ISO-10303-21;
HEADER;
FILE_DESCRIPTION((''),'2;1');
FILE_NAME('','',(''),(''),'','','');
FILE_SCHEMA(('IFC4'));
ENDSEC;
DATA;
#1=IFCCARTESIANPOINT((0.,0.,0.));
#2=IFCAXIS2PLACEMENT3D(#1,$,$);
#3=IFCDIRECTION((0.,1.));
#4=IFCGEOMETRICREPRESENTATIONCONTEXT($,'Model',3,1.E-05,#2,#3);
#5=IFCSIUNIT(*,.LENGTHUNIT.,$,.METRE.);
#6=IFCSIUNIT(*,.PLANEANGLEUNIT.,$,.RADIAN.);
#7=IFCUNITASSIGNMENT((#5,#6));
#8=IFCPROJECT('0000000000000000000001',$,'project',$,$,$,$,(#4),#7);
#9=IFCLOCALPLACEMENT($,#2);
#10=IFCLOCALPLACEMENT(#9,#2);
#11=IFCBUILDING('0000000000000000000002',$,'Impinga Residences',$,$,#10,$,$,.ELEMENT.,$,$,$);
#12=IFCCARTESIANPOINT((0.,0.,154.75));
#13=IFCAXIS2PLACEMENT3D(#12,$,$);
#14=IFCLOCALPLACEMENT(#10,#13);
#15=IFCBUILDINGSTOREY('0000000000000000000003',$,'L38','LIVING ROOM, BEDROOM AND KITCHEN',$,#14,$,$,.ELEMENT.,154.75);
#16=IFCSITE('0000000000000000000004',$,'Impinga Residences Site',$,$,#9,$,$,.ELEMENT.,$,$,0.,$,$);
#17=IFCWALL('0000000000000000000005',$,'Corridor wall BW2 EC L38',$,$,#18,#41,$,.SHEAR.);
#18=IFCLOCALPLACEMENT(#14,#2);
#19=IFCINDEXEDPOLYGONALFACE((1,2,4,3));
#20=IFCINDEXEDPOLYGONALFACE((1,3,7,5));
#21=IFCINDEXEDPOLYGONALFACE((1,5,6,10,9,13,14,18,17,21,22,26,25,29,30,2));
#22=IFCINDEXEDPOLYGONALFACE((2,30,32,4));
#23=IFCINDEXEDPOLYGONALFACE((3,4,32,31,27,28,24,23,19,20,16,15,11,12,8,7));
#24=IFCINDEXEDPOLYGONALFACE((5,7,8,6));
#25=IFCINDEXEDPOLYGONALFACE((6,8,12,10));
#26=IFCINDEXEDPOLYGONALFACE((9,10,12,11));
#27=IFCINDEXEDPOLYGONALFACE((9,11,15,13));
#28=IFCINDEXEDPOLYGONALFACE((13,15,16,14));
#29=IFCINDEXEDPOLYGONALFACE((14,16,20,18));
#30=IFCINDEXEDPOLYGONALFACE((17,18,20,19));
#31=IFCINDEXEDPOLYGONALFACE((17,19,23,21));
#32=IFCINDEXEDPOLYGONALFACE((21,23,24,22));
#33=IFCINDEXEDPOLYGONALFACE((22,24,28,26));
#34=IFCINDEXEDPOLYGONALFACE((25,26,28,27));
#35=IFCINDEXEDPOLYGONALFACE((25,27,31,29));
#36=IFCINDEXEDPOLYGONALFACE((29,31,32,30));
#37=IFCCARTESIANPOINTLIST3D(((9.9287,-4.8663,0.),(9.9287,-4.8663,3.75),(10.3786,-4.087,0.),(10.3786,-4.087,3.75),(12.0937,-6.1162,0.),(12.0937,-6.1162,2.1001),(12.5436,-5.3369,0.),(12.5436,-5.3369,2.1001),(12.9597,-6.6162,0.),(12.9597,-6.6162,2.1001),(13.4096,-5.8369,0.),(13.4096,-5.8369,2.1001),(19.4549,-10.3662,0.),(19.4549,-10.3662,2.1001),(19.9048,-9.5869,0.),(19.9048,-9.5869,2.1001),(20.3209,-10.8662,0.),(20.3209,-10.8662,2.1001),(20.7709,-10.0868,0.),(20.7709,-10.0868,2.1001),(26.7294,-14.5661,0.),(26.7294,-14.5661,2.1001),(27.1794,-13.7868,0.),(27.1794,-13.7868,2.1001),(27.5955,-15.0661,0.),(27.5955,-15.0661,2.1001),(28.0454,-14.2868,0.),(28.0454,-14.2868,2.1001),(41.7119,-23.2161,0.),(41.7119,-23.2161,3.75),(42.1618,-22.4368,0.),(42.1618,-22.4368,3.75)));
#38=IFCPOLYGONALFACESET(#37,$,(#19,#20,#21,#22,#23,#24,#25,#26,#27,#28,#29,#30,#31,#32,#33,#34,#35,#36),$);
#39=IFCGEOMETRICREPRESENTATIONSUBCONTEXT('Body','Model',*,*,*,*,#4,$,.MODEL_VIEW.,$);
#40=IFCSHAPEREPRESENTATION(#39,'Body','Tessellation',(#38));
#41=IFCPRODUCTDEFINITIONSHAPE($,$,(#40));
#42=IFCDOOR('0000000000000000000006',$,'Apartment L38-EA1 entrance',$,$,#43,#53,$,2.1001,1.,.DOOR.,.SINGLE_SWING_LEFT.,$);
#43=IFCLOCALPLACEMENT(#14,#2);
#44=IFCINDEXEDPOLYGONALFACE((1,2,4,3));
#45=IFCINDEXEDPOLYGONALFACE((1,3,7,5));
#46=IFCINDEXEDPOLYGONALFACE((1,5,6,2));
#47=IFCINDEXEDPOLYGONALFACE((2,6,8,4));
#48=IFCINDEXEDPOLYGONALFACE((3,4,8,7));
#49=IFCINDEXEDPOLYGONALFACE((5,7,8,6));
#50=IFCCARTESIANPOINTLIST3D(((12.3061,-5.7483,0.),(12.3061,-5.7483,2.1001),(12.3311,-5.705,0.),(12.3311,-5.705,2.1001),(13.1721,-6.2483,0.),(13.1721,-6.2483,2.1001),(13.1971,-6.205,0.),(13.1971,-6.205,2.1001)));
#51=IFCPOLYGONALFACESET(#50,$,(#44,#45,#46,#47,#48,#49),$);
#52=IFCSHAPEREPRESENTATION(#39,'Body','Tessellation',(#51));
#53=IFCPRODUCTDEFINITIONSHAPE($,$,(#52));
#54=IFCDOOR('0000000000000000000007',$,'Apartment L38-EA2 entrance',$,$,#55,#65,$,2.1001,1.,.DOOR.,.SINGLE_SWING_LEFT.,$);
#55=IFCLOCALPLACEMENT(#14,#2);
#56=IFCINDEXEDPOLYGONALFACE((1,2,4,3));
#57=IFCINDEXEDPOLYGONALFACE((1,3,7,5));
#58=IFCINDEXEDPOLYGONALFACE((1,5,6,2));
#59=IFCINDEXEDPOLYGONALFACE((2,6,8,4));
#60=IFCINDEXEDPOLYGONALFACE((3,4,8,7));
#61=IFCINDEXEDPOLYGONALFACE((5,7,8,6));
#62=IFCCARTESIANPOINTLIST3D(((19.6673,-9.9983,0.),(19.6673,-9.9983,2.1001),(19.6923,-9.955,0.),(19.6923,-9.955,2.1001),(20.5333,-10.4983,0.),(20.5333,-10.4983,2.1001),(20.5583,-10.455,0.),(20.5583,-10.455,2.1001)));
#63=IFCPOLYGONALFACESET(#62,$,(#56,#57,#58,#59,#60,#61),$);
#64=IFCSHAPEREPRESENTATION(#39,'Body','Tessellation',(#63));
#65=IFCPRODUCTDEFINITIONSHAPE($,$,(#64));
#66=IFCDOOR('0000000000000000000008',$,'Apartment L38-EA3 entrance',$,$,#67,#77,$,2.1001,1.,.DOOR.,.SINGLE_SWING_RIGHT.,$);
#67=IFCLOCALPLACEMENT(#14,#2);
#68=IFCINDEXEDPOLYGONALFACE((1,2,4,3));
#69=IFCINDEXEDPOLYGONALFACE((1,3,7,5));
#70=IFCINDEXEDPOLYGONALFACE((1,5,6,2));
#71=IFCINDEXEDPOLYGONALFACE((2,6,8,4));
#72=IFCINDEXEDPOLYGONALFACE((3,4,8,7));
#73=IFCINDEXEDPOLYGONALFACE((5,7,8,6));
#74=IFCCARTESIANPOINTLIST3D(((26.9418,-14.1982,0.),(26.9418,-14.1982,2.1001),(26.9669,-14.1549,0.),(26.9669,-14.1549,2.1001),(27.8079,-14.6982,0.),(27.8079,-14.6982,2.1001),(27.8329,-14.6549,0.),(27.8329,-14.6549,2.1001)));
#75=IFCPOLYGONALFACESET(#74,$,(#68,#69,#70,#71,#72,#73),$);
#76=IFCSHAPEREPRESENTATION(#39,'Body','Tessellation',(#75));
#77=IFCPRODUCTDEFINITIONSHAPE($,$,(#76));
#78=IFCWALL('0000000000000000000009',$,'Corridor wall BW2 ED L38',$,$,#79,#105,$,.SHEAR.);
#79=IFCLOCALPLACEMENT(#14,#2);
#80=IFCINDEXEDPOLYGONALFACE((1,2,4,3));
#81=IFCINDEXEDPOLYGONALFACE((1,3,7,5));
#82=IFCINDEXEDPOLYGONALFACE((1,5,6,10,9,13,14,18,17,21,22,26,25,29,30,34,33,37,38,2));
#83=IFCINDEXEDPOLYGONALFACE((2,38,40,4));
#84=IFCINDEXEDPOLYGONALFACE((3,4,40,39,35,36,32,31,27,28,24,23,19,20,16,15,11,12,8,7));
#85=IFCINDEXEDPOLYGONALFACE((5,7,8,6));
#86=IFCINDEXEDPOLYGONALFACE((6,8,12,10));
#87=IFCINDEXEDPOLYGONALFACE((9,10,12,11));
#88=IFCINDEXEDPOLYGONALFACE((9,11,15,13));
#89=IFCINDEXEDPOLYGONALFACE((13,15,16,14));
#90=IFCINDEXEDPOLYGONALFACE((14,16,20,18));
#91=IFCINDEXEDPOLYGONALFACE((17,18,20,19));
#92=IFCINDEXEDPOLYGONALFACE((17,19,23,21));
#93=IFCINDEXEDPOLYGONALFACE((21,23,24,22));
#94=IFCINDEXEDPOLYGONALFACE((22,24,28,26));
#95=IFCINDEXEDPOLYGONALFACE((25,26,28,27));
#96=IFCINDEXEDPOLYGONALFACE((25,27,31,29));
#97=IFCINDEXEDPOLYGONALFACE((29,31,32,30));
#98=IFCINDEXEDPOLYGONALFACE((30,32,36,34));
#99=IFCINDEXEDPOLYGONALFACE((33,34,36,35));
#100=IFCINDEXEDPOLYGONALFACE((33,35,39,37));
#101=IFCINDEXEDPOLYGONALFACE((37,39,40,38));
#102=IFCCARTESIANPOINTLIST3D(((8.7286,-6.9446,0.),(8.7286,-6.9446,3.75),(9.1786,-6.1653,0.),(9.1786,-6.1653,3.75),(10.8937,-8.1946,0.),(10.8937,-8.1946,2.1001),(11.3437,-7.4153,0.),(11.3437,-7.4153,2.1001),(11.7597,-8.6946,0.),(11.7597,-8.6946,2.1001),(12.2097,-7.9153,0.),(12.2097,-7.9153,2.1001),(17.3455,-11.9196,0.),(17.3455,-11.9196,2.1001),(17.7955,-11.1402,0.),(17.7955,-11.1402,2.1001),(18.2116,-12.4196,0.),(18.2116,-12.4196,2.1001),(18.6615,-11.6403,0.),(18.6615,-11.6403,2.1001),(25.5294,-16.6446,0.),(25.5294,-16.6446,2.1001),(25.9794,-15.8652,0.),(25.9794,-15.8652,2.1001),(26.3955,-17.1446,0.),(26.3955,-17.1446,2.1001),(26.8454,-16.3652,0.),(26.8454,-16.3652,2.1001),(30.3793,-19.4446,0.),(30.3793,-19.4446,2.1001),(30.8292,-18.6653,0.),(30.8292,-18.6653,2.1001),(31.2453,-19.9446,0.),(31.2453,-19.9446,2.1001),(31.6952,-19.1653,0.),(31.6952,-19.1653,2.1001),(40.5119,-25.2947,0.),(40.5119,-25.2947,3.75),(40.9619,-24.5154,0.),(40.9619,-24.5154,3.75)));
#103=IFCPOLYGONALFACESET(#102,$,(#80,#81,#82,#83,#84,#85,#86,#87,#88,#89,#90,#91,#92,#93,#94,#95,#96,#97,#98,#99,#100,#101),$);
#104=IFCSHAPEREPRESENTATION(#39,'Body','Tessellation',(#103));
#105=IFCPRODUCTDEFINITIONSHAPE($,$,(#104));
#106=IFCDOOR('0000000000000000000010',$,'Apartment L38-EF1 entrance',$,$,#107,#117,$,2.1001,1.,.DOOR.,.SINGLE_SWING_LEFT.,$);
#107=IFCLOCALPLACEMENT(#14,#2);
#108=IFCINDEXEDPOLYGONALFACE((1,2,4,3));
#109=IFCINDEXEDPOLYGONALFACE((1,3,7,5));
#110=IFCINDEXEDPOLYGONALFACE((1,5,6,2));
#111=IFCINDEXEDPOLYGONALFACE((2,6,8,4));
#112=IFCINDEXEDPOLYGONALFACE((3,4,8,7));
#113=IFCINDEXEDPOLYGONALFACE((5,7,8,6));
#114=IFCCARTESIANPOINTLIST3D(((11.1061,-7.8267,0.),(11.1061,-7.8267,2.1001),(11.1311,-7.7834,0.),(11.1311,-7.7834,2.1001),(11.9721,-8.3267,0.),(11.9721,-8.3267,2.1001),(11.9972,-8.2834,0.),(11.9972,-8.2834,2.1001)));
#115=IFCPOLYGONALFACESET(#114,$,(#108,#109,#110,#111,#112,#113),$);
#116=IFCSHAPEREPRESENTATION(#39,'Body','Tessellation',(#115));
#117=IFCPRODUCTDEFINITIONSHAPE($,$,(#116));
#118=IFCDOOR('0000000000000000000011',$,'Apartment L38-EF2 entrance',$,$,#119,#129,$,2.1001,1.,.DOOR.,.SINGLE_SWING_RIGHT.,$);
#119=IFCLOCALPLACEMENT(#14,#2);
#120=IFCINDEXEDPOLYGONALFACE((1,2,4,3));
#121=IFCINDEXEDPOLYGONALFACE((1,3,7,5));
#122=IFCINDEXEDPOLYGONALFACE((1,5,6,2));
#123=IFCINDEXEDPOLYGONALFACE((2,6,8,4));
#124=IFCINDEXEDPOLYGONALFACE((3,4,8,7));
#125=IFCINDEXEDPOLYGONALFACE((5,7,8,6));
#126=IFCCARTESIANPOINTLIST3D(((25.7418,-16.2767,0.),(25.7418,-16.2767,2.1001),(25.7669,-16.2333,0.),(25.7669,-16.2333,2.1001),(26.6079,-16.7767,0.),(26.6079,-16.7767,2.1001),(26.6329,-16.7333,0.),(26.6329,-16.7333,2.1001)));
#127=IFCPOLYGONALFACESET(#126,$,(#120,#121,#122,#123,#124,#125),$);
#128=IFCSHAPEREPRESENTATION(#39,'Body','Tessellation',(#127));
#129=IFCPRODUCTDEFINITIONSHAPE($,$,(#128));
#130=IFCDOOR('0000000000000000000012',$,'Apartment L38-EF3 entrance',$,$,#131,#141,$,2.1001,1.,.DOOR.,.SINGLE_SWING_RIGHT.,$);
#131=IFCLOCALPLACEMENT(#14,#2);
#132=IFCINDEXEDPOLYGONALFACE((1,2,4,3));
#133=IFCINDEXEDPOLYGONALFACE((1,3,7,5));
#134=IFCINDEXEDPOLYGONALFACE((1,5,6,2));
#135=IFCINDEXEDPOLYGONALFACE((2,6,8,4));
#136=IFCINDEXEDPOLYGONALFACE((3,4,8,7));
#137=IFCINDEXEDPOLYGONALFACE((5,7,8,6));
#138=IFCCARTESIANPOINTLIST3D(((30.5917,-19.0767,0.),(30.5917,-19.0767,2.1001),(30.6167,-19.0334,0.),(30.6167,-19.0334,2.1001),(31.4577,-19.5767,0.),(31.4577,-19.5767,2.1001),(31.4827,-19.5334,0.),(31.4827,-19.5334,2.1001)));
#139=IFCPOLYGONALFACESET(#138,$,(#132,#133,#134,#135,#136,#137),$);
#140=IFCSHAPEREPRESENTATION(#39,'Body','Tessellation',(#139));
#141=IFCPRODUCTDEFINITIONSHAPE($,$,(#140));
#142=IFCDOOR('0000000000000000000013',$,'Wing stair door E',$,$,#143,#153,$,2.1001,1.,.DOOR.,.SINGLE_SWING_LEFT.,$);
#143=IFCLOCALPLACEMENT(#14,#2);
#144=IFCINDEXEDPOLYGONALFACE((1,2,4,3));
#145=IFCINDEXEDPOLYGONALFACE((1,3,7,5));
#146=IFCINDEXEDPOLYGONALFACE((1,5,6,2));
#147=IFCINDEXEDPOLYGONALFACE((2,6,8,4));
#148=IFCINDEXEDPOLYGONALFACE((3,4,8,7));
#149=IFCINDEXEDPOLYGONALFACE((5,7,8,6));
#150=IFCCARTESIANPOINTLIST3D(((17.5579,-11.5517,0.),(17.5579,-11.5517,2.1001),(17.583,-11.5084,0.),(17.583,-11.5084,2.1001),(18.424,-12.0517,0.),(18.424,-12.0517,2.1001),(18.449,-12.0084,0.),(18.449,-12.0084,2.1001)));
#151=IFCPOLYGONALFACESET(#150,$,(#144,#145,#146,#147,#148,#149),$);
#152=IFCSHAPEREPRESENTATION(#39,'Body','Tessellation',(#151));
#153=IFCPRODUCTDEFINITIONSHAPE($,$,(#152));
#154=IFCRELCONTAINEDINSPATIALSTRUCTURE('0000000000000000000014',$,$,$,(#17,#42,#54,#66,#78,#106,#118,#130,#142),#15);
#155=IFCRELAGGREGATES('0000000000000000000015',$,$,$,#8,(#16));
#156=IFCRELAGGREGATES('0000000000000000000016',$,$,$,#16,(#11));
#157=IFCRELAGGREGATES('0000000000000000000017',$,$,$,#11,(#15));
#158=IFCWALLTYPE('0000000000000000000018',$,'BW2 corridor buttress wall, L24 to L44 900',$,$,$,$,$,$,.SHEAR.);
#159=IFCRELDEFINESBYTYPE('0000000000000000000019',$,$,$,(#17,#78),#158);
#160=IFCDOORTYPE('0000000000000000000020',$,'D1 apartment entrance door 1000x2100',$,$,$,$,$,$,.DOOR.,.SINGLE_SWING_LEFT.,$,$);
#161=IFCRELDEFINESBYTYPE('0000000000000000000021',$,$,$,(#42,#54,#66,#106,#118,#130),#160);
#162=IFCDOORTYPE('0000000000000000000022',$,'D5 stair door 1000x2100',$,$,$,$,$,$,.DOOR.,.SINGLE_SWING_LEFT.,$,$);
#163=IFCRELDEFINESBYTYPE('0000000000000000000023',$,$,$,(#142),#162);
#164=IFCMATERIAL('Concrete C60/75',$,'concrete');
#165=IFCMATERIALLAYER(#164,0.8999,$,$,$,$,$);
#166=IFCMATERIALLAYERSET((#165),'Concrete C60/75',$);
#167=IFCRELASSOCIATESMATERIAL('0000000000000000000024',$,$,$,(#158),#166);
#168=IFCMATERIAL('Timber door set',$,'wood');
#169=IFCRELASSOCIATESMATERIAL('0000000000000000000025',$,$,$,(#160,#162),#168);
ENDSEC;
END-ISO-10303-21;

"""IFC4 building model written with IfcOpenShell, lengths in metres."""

from ifc_helpers import new_model, si_unit, direction, frame, frame_2d, origin, place, context, subcontext, project, spatial, rectangle, extrude, material, layer, layer_set, type_object, element, fill, save


model = new_model("IFC4")

# Units and contexts
model_context = context("Model", 3, precision=1e-05, world=origin(), true_north=direction((0.0, 1.0)))
body_context = subcontext(model_context, "Body", "Model", "MODEL_VIEW")
ifc_project = project(units=[si_unit("LENGTHUNIT", "METRE"), si_unit("PLANEANGLEUNIT", "RADIAN")], contexts=[model_context])

# Site, building, storey
site_placement = place(None, origin())
site = spatial("IfcSite", under=ifc_project, at=site_placement, Name="Impinga Residences Site", CompositionType="ELEMENT", RefElevation=0.0)
building_placement = place(site_placement, origin())
building = spatial("IfcBuilding", under=site, at=building_placement, Name="Impinga Residences", CompositionType="ELEMENT")
storey_placement = place(building_placement, frame((0.0, 0.0, 154.75)))
storey = spatial("IfcBuildingStorey", under=building, at=storey_placement, Name="L38", Description="LIVING ROOM, BEDROOM AND KITCHEN", CompositionType="ELEMENT", Elevation=154.75)

# Walls, openings, doors
ifc_material_1 = material(Name="Concrete C60/75", Category="concrete")
ifc_layer_1 = layer(ifc_material_1, 0.8999)
ifc_layer_set_1 = layer_set([ifc_layer_1], Name="Concrete C60/75")
wall_type_1 = type_object("IfcWallType", Name="BW2 corridor buttress wall, L24 to L44 900", PredefinedType="SHEAR", material=ifc_layer_set_1)
wall_1_placement = place(storey_placement, frame((10.1536, -4.4766, 0.0), z_axis=(0.0, 0.0, 1.0), x_axis=(0.866028, -0.499996, 0.0)))
wall_1 = element("IfcWall", 1, at=wall_1_placement, inside=storey, type_object=wall_type_1, Name="Corridor wall BW2 EC L38", PredefinedType="SHEAR", context=body_context, shape_type="SweptSolid", body=[
    extrude(rectangle(XDim=36.7, YDim=0.8999, at=frame_2d((18.3501, 0.0))), origin(), (0.0, 0.0, 1.0), 3.75),
])
opening_1_placement = place(wall_1_placement, frame((2.5, 0.0, 0.0)))
opening_1 = element("IfcOpeningElement", 2, at=opening_1_placement, cuts=wall_1, PredefinedType="OPENING", context=body_context, shape_type="SweptSolid", body=[
    extrude(rectangle(XDim=1.0, YDim=2.1001, at=frame_2d((0.5, 1.05))), frame((0.0, 0.46, 0.0), z_axis=(0.0, -1.0, 0.0), x_axis=(1.0, 0.0, 0.0)), (0.0, 0.0, 1.0), 0.9199),
])
opening_2_placement = place(wall_1_placement, frame((11.0, 0.0, 0.0)))
opening_2 = element("IfcOpeningElement", 3, at=opening_2_placement, cuts=wall_1, PredefinedType="OPENING", context=body_context, shape_type="SweptSolid", body=[
    extrude(rectangle(XDim=1.0, YDim=2.1001, at=frame_2d((0.5, 1.05))), frame((0.0, 0.46, 0.0), z_axis=(0.0, -1.0, 0.0), x_axis=(1.0, 0.0, 0.0)), (0.0, 0.0, 1.0), 0.9199),
])
opening_3_placement = place(wall_1_placement, frame((19.3999, 0.0, 0.0)))
opening_3 = element("IfcOpeningElement", 4, at=opening_3_placement, cuts=wall_1, PredefinedType="OPENING", context=body_context, shape_type="SweptSolid", body=[
    extrude(rectangle(XDim=1.0, YDim=2.1001, at=frame_2d((0.5, 1.05))), frame((0.0, 0.46, 0.0), z_axis=(0.0, -1.0, 0.0), x_axis=(1.0, 0.0, 0.0)), (0.0, 0.0, 1.0), 0.9199),
])
ifc_material_2 = material(Name="Timber door set", Category="wood")
door_type_1 = type_object("IfcDoorType", Name="D1 apartment entrance door 1000x2100", OperationType="SINGLE_SWING_LEFT", PredefinedType="DOOR", material=ifc_material_2)
door_1_placement = place(opening_1_placement, origin())
door_1 = element("IfcDoor", 5, at=door_1_placement, inside=storey, type_object=door_type_1, Name="Apartment L38-EA1 entrance", OperationType="SINGLE_SWING_LEFT", OverallHeight=2.1001, OverallWidth=1.0, PredefinedType="DOOR", context=body_context, shape_type="SweptSolid", body=[
    extrude(rectangle(XDim=1.0, YDim=2.1001, at=frame_2d((0.5, 1.05))), frame((0.0, 0.0249, 0.0), z_axis=(0.0, -1.0, 0.0), x_axis=(1.0, 0.0, 0.0)), (0.0, 0.0, 1.0), 0.05),
])
fill(opening_1, door_1)
door_2_placement = place(opening_2_placement, origin())
door_2 = element("IfcDoor", 6, at=door_2_placement, inside=storey, type_object=door_type_1, Name="Apartment L38-EA2 entrance", OperationType="SINGLE_SWING_LEFT", OverallHeight=2.1001, OverallWidth=1.0, PredefinedType="DOOR", context=body_context, shape_type="SweptSolid", body=[
    extrude(rectangle(XDim=1.0, YDim=2.1001, at=frame_2d((0.5, 1.05))), frame((0.0, 0.0249, 0.0), z_axis=(0.0, -1.0, 0.0), x_axis=(1.0, 0.0, 0.0)), (0.0, 0.0, 1.0), 0.05),
])
fill(opening_2, door_2)
door_3_placement = place(opening_3_placement, origin())
door_3 = element("IfcDoor", 7, at=door_3_placement, inside=storey, type_object=door_type_1, Name="Apartment L38-EA3 entrance", OperationType="SINGLE_SWING_RIGHT", OverallHeight=2.1001, OverallWidth=1.0, PredefinedType="DOOR", context=body_context, shape_type="SweptSolid", body=[
    extrude(rectangle(XDim=1.0, YDim=2.1001, at=frame_2d((0.5, 1.05))), frame((0.0, 0.0249, 0.0), z_axis=(0.0, -1.0, 0.0), x_axis=(1.0, 0.0, 0.0)), (0.0, 0.0, 1.0), 0.05),
])
fill(opening_3, door_3)
wall_2_placement = place(storey_placement, frame((8.9536, -6.5549, 0.0), z_axis=(0.0, 0.0, 1.0), x_axis=(0.866025, -0.500001, 0.0)))
wall_2 = element("IfcWall", 8, at=wall_2_placement, inside=storey, type_object=wall_type_1, Name="Corridor wall BW2 ED L38", PredefinedType="SHEAR", context=body_context, shape_type="SweptSolid", body=[
    extrude(rectangle(XDim=36.7002, YDim=0.8999, at=frame_2d((18.3501, 0.0))), origin(), (0.0, 0.0, 1.0), 3.75),
])
opening_4_placement = place(wall_2_placement, frame((9.95, 0.0, 0.0)))
opening_4 = element("IfcOpeningElement", 9, at=opening_4_placement, cuts=wall_2, PredefinedType="OPENING", context=body_context, shape_type="SweptSolid", body=[
    extrude(rectangle(XDim=1.0, YDim=2.1001, at=frame_2d((0.5, 1.05))), frame((0.0, 0.46, 0.0), z_axis=(0.0, -1.0, 0.0), x_axis=(1.0, 0.0, 0.0)), (0.0, 0.0, 1.0), 0.9199),
])
opening_5_placement = place(wall_2_placement, frame((2.5, 0.0, 0.0)))
opening_5 = element("IfcOpeningElement", 10, at=opening_5_placement, cuts=wall_2, PredefinedType="OPENING", context=body_context, shape_type="SweptSolid", body=[
    extrude(rectangle(XDim=1.0, YDim=2.1001, at=frame_2d((0.5, 1.05))), frame((0.0, 0.46, 0.0), z_axis=(0.0, -1.0, 0.0), x_axis=(1.0, 0.0, 0.0)), (0.0, 0.0, 1.0), 0.9199),
])
opening_6_placement = place(wall_2_placement, frame((19.3999, 0.0, 0.0)))
opening_6 = element("IfcOpeningElement", 11, at=opening_6_placement, cuts=wall_2, PredefinedType="OPENING", context=body_context, shape_type="SweptSolid", body=[
    extrude(rectangle(XDim=1.0, YDim=2.1001, at=frame_2d((0.5, 1.05))), frame((0.0, 0.46, 0.0), z_axis=(0.0, -1.0, 0.0), x_axis=(1.0, 0.0, 0.0)), (0.0, 0.0, 1.0), 0.9199),
])
opening_7_placement = place(wall_2_placement, frame((25.0, 0.0, 0.0)))
opening_7 = element("IfcOpeningElement", 12, at=opening_7_placement, cuts=wall_2, PredefinedType="OPENING", context=body_context, shape_type="SweptSolid", body=[
    extrude(rectangle(XDim=1.0, YDim=2.1001, at=frame_2d((0.5, 1.05))), frame((0.0, 0.46, 0.0), z_axis=(0.0, -1.0, 0.0), x_axis=(1.0, 0.0, 0.0)), (0.0, 0.0, 1.0), 0.9199),
])
door_4_placement = place(opening_5_placement, origin())
door_4 = element("IfcDoor", 13, at=door_4_placement, inside=storey, type_object=door_type_1, Name="Apartment L38-EF1 entrance", OperationType="SINGLE_SWING_LEFT", OverallHeight=2.1001, OverallWidth=1.0, PredefinedType="DOOR", context=body_context, shape_type="SweptSolid", body=[
    extrude(rectangle(XDim=1.0, YDim=2.1001, at=frame_2d((0.5, 1.05))), frame((0.0, 0.0249, 0.0), z_axis=(0.0, -1.0, 0.0), x_axis=(1.0, 0.0, 0.0)), (0.0, 0.0, 1.0), 0.05),
])
fill(opening_5, door_4)
door_5_placement = place(opening_6_placement, origin())
door_5 = element("IfcDoor", 14, at=door_5_placement, inside=storey, type_object=door_type_1, Name="Apartment L38-EF2 entrance", OperationType="SINGLE_SWING_RIGHT", OverallHeight=2.1001, OverallWidth=1.0, PredefinedType="DOOR", context=body_context, shape_type="SweptSolid", body=[
    extrude(rectangle(XDim=1.0, YDim=2.1001, at=frame_2d((0.5, 1.05))), frame((0.0, 0.0249, 0.0), z_axis=(0.0, -1.0, 0.0), x_axis=(1.0, 0.0, 0.0)), (0.0, 0.0, 1.0), 0.05),
])
fill(opening_6, door_5)
door_6_placement = place(opening_7_placement, origin())
door_6 = element("IfcDoor", 15, at=door_6_placement, inside=storey, type_object=door_type_1, Name="Apartment L38-EF3 entrance", OperationType="SINGLE_SWING_RIGHT", OverallHeight=2.1001, OverallWidth=1.0, PredefinedType="DOOR", context=body_context, shape_type="SweptSolid", body=[
    extrude(rectangle(XDim=1.0, YDim=2.1001, at=frame_2d((0.5, 1.05))), frame((0.0, 0.0249, 0.0), z_axis=(0.0, -1.0, 0.0), x_axis=(1.0, 0.0, 0.0)), (0.0, 0.0, 1.0), 0.05),
])
fill(opening_7, door_6)
door_type_2 = type_object("IfcDoorType", Name="D5 stair door 1000x2100", OperationType="SINGLE_SWING_LEFT", PredefinedType="DOOR", material=ifc_material_2)
door_7_placement = place(opening_4_placement, origin())
door_7 = element("IfcDoor", 16, at=door_7_placement, inside=storey, type_object=door_type_2, Name="Wing stair door E", OperationType="SINGLE_SWING_LEFT", OverallHeight=2.1001, OverallWidth=1.0, PredefinedType="DOOR", context=body_context, shape_type="SweptSolid", body=[
    extrude(rectangle(XDim=1.0, YDim=2.1001, at=frame_2d((0.5, 1.05))), frame((0.0, 0.0249, 0.0), z_axis=(0.0, -1.0, 0.0), x_axis=(1.0, 0.0, 0.0)), (0.0, 0.0, 1.0), 0.05),
])
fill(opening_4, door_7)

save(model, "model.ifc")
